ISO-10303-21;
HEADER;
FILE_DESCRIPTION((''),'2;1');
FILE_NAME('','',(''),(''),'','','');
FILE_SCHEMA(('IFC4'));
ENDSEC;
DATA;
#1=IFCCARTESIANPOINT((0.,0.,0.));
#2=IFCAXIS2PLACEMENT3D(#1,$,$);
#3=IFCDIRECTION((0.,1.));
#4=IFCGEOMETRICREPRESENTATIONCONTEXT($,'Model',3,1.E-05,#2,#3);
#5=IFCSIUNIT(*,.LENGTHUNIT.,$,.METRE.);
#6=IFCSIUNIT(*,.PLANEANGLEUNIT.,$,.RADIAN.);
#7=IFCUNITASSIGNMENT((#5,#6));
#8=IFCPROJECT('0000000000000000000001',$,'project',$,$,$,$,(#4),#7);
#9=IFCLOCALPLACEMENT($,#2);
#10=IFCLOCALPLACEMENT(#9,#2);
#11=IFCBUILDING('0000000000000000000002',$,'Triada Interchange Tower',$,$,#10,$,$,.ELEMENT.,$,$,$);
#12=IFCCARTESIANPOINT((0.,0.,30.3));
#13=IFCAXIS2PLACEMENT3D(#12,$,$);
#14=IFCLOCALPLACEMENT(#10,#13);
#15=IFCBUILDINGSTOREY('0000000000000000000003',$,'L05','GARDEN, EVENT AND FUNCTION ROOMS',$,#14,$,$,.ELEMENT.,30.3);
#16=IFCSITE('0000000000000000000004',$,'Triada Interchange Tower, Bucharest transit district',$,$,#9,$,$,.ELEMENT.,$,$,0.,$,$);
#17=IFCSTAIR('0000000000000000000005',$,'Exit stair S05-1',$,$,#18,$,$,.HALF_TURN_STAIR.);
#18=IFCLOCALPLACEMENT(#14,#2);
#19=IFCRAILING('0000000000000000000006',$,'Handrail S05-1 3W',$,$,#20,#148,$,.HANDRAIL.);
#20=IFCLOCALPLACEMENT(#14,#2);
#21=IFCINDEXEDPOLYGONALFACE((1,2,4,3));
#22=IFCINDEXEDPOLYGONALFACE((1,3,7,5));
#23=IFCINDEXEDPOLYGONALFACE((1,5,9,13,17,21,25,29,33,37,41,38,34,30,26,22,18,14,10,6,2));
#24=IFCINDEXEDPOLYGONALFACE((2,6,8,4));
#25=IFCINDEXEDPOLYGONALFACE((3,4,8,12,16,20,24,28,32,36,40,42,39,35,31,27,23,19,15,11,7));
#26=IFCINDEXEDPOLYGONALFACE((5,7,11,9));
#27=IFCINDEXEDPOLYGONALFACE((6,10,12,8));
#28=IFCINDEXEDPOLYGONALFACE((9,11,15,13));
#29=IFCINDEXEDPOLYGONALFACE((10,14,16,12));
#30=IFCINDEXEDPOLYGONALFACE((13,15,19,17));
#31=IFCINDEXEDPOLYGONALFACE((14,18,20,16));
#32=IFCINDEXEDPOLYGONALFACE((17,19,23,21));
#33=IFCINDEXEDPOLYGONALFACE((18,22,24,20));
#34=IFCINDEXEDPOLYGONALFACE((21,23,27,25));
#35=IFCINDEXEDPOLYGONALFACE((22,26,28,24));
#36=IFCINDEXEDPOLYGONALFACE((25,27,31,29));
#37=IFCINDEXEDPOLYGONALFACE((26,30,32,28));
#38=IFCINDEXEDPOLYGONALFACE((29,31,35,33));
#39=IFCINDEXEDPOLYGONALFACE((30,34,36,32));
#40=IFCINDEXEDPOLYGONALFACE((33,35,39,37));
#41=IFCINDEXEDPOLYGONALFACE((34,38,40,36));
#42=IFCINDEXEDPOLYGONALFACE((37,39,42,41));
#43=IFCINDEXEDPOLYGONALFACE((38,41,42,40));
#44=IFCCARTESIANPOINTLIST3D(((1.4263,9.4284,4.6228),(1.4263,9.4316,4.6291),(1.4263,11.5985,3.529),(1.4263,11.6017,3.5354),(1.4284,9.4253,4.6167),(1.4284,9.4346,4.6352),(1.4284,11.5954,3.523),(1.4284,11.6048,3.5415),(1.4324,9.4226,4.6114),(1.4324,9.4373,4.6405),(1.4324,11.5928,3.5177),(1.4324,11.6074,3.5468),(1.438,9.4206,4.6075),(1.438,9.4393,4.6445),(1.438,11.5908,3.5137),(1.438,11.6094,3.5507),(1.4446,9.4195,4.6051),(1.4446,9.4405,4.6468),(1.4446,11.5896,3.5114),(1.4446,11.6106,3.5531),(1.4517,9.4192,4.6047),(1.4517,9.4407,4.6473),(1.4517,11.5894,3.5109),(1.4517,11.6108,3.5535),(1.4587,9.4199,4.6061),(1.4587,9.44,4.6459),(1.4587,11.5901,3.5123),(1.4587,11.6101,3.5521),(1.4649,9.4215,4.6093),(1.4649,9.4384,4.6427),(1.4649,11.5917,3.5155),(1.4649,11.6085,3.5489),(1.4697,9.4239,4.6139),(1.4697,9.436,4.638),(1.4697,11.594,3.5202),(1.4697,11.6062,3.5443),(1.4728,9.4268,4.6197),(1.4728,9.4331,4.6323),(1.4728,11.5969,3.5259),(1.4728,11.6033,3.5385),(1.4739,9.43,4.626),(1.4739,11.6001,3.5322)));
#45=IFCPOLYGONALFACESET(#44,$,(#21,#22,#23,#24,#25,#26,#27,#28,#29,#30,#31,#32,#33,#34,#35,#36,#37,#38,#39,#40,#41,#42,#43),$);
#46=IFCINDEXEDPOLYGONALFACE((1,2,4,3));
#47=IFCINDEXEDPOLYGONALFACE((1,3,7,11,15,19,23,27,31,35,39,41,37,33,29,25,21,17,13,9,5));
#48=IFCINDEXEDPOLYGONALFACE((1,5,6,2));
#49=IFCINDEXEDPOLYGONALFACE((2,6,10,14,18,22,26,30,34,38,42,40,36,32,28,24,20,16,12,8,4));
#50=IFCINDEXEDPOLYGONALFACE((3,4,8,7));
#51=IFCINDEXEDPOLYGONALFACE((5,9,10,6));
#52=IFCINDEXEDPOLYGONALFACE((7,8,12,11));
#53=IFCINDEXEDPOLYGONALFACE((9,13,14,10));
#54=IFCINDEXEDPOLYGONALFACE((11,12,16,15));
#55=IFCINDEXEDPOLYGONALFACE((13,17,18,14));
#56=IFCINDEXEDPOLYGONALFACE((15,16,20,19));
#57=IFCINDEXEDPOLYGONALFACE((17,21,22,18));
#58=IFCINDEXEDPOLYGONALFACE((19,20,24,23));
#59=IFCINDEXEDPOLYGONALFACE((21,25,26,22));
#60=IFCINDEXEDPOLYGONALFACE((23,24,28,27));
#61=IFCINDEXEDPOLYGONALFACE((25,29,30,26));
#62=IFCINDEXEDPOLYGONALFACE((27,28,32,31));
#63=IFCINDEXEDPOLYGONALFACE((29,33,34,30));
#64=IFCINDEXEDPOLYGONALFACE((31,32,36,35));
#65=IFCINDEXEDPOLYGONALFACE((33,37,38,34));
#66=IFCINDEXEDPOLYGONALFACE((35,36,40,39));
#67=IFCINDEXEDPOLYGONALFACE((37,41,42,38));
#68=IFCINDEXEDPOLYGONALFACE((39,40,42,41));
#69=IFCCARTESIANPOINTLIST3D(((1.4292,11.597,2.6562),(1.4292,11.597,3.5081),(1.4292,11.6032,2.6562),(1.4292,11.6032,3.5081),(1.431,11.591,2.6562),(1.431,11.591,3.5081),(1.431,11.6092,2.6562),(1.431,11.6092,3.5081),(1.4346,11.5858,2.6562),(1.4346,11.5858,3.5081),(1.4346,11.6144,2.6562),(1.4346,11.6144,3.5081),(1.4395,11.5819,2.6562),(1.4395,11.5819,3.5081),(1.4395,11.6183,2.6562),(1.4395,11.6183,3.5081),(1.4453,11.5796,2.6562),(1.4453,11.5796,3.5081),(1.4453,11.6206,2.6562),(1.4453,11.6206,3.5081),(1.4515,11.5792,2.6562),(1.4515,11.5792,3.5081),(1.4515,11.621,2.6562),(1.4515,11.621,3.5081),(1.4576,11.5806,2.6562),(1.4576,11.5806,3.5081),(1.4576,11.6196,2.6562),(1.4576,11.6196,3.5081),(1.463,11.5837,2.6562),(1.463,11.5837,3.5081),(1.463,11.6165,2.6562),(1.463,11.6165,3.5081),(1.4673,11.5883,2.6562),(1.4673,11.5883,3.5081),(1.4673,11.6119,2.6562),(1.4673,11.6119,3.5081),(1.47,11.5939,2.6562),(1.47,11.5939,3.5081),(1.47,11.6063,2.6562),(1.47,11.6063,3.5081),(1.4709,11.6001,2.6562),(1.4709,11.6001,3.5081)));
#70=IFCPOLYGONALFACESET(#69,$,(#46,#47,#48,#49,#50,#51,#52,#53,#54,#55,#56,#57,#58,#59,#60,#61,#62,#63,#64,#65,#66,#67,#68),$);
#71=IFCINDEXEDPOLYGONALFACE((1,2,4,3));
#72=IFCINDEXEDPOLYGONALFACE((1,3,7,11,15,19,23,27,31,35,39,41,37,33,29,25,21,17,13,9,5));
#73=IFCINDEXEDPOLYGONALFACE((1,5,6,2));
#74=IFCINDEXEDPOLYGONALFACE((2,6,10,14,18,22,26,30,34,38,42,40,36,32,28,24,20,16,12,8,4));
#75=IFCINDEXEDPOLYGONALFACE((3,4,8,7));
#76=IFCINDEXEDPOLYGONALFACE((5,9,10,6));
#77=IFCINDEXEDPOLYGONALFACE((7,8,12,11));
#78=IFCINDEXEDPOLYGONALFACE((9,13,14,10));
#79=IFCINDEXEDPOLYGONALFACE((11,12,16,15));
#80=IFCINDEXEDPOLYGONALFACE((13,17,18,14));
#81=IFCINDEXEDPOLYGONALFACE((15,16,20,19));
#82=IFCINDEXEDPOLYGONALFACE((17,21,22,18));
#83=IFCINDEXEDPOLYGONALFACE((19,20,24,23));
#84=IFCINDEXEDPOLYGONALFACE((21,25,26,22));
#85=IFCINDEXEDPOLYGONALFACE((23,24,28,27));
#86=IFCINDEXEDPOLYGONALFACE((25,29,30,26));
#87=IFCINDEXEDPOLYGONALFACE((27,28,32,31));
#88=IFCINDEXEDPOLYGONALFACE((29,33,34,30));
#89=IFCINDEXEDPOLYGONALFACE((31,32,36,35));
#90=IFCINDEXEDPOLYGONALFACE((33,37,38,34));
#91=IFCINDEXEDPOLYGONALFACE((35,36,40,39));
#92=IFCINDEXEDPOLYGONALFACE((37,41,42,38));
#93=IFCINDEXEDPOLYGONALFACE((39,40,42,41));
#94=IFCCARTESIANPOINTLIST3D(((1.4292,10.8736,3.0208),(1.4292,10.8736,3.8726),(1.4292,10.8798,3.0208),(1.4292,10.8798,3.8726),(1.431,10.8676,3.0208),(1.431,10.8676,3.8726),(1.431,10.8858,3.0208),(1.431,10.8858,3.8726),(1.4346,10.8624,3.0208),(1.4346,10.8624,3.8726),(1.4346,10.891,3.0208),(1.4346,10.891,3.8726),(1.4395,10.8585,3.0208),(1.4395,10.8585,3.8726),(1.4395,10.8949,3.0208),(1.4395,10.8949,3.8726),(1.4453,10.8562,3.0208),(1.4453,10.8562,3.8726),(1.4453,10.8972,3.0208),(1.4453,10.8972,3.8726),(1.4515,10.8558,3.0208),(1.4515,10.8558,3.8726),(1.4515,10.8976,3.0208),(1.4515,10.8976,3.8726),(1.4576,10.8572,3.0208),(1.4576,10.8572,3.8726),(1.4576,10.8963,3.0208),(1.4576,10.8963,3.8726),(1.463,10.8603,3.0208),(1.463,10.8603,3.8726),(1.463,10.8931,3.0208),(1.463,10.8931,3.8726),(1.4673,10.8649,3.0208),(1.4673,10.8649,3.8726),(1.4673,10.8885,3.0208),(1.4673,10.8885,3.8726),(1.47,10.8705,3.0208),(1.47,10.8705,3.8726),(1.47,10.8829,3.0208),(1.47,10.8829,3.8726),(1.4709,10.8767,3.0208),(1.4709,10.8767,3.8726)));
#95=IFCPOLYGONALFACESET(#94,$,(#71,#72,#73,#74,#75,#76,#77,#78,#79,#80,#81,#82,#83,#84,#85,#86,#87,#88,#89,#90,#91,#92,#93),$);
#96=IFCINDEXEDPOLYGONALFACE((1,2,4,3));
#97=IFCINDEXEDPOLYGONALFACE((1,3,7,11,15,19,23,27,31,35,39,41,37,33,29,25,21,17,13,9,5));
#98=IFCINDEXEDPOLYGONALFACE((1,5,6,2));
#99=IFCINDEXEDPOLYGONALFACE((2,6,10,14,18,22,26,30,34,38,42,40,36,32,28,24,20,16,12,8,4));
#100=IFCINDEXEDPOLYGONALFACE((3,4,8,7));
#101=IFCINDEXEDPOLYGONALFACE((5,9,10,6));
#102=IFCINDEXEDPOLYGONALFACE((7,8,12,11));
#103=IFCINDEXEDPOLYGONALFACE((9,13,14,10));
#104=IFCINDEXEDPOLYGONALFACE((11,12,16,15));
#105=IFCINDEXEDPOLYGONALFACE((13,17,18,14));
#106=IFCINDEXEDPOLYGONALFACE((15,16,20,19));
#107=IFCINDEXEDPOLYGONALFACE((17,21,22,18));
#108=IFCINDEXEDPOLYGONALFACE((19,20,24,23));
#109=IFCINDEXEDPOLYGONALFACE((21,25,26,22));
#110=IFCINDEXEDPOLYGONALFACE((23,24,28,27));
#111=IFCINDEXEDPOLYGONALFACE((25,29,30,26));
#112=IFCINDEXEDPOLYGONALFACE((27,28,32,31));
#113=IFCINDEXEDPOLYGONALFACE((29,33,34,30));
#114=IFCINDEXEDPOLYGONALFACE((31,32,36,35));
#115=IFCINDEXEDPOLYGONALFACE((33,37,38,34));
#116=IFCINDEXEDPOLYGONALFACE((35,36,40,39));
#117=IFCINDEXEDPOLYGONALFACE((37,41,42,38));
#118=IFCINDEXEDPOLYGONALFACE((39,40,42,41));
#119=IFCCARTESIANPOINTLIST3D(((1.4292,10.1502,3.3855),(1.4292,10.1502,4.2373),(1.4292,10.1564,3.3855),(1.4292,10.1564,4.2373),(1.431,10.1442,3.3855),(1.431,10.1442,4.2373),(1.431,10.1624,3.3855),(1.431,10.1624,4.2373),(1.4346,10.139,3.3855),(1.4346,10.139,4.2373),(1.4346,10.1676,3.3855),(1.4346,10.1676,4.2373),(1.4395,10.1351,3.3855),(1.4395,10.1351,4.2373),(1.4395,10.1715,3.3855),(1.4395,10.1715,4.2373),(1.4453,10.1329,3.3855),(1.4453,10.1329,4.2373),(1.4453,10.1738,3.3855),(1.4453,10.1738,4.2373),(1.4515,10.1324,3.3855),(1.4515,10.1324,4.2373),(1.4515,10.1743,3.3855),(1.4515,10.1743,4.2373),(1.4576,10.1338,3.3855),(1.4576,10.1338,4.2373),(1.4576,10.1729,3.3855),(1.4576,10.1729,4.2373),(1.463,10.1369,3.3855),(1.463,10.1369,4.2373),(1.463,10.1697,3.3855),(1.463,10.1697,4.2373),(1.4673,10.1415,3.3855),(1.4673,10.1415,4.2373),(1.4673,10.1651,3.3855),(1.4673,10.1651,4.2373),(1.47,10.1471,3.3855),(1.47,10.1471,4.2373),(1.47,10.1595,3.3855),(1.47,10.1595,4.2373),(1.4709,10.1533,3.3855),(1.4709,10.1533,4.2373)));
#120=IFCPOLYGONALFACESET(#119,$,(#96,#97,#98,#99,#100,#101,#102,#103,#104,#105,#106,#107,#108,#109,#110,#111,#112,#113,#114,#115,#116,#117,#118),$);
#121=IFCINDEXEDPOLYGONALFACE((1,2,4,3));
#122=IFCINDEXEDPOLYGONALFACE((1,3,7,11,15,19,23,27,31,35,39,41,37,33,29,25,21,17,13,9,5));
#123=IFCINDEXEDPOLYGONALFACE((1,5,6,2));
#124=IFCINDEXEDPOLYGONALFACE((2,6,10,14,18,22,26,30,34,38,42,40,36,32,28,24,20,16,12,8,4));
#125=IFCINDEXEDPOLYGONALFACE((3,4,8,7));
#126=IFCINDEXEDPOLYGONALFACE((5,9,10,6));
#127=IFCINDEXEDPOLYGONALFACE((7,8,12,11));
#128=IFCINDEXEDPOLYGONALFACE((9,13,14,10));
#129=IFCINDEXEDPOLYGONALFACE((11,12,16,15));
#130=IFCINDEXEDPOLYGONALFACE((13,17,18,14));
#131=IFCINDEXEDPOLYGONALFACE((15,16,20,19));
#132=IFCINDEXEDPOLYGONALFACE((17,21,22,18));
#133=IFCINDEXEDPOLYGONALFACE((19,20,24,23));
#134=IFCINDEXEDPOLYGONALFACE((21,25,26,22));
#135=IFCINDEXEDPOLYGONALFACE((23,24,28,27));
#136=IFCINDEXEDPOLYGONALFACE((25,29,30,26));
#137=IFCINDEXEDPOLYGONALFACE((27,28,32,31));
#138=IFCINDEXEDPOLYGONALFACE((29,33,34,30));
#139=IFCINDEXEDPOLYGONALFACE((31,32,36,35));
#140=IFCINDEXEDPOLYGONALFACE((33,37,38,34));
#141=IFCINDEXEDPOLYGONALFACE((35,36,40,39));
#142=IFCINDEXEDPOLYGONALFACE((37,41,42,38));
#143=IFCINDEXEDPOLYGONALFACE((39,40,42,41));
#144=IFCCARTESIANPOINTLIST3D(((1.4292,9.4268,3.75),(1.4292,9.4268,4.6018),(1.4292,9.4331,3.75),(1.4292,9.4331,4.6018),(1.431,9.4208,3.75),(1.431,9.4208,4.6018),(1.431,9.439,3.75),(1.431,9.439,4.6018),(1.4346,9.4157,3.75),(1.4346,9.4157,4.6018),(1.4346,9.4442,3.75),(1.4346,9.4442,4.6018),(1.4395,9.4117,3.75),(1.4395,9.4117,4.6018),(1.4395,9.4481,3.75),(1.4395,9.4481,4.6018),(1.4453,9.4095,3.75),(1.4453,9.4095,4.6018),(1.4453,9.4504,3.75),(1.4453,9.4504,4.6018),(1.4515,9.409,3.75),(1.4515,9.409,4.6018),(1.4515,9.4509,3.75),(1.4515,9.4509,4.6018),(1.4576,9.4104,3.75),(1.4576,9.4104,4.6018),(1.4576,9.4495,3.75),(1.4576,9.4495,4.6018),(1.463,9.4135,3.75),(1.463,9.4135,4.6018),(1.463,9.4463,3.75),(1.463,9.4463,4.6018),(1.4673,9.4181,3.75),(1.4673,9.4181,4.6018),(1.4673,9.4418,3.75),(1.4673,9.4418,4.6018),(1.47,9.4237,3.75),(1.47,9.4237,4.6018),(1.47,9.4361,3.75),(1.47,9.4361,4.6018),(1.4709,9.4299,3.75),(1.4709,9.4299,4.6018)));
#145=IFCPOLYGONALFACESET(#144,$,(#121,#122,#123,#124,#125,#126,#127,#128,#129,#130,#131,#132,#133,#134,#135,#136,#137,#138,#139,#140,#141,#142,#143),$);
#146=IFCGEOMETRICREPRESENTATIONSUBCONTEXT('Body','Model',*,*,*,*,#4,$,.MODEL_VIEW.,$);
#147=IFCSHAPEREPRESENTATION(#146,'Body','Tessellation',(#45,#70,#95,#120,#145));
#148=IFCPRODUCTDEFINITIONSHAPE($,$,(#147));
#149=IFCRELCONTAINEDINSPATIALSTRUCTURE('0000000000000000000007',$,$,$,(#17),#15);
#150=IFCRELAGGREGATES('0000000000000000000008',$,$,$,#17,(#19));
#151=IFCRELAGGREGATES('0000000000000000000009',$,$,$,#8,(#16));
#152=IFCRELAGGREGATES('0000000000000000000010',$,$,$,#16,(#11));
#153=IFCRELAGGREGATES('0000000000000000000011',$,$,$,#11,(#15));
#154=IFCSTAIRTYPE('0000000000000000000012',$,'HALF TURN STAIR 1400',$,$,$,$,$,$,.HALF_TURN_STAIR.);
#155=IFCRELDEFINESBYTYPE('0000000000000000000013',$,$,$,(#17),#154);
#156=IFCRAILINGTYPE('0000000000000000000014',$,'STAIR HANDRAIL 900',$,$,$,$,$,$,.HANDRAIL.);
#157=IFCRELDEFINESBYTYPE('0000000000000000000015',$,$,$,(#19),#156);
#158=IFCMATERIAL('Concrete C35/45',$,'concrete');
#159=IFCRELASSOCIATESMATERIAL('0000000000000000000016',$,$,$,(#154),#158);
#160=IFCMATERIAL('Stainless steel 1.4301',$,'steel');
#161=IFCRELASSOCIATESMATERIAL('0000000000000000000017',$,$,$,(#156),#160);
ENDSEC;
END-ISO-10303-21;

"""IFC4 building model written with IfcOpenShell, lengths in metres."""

from ifc_helpers import new_model, si_unit, direction, frame, origin, origin_2d, place, context, subcontext, project, spatial, circle, extrude, material, type_object, element, aggregate, save


model = new_model("IFC4")

# Units and contexts
model_context = context("Model", 3, precision=1e-05, world=origin(), true_north=direction((0.0, 1.0)))
body_context = subcontext(model_context, "Body", "Model", "MODEL_VIEW")
ifc_project = project(units=[si_unit("LENGTHUNIT", "METRE"), si_unit("PLANEANGLEUNIT", "RADIAN")], contexts=[model_context])

# Site, building, storey
site_placement = place(None, origin())
site = spatial("IfcSite", under=ifc_project, at=site_placement, Name="Triada Interchange Tower, Bucharest transit district", CompositionType="ELEMENT", RefElevation=0.0)
building_placement = place(site_placement, origin())
building = spatial("IfcBuilding", under=site, at=building_placement, Name="Triada Interchange Tower", CompositionType="ELEMENT")
storey_placement = place(building_placement, frame((0.0, 0.0, 30.3)))
storey = spatial("IfcBuildingStorey", under=building, at=storey_placement, Name="L05", Description="GARDEN, EVENT AND FUNCTION ROOMS", CompositionType="ELEMENT", Elevation=30.3)

# Shared definitions
ifc_material_1 = material(Name="Concrete C35/45", Category="concrete")

# Stair, railing
stair_type = type_object("IfcStairType", Name="HALF TURN STAIR 1400", PredefinedType="HALF_TURN_STAIR", material=ifc_material_1)
stair_placement = place(storey_placement, origin())
stair = element("IfcStair", 1, at=stair_placement, inside=storey, type_object=stair_type, Name="Exit stair S05-1", PredefinedType="HALF_TURN_STAIR")
ifc_material_2 = material(Name="Stainless steel 1.4301", Category="steel")
railing_type_1 = type_object("IfcRailingType", Name="STAIR HANDRAIL 900", PredefinedType="HANDRAIL", material=ifc_material_2)
railing_1_placement = place(storey_placement, frame((1.45, 11.6001, 2.6562)))
railing_1 = element("IfcRailing", 2, at=railing_1_placement, type_object=railing_type_1, Name="Handrail S05-1 3W", PredefinedType="HANDRAIL", context=body_context, shape_type="SweptSolid", body=[
    extrude(circle(Radius=0.0239, at=origin_2d()), frame((0.0, 0.0, 0.876), z_axis=(0.0, -0.892996, 0.450064), x_axis=(1.0, 0.0, 0.0)), (0.0, 0.0, 1.0), 2.4302),
    extrude(circle(Radius=0.021, at=origin_2d()), origin(), (0.0, 0.0, 1.0), 0.8518),
    extrude(circle(Radius=0.021, at=origin_2d()), frame((0.0, -0.7234, 0.3645)), (0.0, 0.0, 1.0), 0.8518),
    extrude(circle(Radius=0.021, at=origin_2d()), frame((0.0, -1.4468, 0.7292)), (0.0, 0.0, 1.0), 0.8518),
    extrude(circle(Radius=0.021, at=origin_2d()), frame((0.0, -2.1702, 1.0938)), (0.0, 0.0, 1.0), 0.8518),
])
aggregate(stair, [railing_1])

save(model, "model.ifc")
